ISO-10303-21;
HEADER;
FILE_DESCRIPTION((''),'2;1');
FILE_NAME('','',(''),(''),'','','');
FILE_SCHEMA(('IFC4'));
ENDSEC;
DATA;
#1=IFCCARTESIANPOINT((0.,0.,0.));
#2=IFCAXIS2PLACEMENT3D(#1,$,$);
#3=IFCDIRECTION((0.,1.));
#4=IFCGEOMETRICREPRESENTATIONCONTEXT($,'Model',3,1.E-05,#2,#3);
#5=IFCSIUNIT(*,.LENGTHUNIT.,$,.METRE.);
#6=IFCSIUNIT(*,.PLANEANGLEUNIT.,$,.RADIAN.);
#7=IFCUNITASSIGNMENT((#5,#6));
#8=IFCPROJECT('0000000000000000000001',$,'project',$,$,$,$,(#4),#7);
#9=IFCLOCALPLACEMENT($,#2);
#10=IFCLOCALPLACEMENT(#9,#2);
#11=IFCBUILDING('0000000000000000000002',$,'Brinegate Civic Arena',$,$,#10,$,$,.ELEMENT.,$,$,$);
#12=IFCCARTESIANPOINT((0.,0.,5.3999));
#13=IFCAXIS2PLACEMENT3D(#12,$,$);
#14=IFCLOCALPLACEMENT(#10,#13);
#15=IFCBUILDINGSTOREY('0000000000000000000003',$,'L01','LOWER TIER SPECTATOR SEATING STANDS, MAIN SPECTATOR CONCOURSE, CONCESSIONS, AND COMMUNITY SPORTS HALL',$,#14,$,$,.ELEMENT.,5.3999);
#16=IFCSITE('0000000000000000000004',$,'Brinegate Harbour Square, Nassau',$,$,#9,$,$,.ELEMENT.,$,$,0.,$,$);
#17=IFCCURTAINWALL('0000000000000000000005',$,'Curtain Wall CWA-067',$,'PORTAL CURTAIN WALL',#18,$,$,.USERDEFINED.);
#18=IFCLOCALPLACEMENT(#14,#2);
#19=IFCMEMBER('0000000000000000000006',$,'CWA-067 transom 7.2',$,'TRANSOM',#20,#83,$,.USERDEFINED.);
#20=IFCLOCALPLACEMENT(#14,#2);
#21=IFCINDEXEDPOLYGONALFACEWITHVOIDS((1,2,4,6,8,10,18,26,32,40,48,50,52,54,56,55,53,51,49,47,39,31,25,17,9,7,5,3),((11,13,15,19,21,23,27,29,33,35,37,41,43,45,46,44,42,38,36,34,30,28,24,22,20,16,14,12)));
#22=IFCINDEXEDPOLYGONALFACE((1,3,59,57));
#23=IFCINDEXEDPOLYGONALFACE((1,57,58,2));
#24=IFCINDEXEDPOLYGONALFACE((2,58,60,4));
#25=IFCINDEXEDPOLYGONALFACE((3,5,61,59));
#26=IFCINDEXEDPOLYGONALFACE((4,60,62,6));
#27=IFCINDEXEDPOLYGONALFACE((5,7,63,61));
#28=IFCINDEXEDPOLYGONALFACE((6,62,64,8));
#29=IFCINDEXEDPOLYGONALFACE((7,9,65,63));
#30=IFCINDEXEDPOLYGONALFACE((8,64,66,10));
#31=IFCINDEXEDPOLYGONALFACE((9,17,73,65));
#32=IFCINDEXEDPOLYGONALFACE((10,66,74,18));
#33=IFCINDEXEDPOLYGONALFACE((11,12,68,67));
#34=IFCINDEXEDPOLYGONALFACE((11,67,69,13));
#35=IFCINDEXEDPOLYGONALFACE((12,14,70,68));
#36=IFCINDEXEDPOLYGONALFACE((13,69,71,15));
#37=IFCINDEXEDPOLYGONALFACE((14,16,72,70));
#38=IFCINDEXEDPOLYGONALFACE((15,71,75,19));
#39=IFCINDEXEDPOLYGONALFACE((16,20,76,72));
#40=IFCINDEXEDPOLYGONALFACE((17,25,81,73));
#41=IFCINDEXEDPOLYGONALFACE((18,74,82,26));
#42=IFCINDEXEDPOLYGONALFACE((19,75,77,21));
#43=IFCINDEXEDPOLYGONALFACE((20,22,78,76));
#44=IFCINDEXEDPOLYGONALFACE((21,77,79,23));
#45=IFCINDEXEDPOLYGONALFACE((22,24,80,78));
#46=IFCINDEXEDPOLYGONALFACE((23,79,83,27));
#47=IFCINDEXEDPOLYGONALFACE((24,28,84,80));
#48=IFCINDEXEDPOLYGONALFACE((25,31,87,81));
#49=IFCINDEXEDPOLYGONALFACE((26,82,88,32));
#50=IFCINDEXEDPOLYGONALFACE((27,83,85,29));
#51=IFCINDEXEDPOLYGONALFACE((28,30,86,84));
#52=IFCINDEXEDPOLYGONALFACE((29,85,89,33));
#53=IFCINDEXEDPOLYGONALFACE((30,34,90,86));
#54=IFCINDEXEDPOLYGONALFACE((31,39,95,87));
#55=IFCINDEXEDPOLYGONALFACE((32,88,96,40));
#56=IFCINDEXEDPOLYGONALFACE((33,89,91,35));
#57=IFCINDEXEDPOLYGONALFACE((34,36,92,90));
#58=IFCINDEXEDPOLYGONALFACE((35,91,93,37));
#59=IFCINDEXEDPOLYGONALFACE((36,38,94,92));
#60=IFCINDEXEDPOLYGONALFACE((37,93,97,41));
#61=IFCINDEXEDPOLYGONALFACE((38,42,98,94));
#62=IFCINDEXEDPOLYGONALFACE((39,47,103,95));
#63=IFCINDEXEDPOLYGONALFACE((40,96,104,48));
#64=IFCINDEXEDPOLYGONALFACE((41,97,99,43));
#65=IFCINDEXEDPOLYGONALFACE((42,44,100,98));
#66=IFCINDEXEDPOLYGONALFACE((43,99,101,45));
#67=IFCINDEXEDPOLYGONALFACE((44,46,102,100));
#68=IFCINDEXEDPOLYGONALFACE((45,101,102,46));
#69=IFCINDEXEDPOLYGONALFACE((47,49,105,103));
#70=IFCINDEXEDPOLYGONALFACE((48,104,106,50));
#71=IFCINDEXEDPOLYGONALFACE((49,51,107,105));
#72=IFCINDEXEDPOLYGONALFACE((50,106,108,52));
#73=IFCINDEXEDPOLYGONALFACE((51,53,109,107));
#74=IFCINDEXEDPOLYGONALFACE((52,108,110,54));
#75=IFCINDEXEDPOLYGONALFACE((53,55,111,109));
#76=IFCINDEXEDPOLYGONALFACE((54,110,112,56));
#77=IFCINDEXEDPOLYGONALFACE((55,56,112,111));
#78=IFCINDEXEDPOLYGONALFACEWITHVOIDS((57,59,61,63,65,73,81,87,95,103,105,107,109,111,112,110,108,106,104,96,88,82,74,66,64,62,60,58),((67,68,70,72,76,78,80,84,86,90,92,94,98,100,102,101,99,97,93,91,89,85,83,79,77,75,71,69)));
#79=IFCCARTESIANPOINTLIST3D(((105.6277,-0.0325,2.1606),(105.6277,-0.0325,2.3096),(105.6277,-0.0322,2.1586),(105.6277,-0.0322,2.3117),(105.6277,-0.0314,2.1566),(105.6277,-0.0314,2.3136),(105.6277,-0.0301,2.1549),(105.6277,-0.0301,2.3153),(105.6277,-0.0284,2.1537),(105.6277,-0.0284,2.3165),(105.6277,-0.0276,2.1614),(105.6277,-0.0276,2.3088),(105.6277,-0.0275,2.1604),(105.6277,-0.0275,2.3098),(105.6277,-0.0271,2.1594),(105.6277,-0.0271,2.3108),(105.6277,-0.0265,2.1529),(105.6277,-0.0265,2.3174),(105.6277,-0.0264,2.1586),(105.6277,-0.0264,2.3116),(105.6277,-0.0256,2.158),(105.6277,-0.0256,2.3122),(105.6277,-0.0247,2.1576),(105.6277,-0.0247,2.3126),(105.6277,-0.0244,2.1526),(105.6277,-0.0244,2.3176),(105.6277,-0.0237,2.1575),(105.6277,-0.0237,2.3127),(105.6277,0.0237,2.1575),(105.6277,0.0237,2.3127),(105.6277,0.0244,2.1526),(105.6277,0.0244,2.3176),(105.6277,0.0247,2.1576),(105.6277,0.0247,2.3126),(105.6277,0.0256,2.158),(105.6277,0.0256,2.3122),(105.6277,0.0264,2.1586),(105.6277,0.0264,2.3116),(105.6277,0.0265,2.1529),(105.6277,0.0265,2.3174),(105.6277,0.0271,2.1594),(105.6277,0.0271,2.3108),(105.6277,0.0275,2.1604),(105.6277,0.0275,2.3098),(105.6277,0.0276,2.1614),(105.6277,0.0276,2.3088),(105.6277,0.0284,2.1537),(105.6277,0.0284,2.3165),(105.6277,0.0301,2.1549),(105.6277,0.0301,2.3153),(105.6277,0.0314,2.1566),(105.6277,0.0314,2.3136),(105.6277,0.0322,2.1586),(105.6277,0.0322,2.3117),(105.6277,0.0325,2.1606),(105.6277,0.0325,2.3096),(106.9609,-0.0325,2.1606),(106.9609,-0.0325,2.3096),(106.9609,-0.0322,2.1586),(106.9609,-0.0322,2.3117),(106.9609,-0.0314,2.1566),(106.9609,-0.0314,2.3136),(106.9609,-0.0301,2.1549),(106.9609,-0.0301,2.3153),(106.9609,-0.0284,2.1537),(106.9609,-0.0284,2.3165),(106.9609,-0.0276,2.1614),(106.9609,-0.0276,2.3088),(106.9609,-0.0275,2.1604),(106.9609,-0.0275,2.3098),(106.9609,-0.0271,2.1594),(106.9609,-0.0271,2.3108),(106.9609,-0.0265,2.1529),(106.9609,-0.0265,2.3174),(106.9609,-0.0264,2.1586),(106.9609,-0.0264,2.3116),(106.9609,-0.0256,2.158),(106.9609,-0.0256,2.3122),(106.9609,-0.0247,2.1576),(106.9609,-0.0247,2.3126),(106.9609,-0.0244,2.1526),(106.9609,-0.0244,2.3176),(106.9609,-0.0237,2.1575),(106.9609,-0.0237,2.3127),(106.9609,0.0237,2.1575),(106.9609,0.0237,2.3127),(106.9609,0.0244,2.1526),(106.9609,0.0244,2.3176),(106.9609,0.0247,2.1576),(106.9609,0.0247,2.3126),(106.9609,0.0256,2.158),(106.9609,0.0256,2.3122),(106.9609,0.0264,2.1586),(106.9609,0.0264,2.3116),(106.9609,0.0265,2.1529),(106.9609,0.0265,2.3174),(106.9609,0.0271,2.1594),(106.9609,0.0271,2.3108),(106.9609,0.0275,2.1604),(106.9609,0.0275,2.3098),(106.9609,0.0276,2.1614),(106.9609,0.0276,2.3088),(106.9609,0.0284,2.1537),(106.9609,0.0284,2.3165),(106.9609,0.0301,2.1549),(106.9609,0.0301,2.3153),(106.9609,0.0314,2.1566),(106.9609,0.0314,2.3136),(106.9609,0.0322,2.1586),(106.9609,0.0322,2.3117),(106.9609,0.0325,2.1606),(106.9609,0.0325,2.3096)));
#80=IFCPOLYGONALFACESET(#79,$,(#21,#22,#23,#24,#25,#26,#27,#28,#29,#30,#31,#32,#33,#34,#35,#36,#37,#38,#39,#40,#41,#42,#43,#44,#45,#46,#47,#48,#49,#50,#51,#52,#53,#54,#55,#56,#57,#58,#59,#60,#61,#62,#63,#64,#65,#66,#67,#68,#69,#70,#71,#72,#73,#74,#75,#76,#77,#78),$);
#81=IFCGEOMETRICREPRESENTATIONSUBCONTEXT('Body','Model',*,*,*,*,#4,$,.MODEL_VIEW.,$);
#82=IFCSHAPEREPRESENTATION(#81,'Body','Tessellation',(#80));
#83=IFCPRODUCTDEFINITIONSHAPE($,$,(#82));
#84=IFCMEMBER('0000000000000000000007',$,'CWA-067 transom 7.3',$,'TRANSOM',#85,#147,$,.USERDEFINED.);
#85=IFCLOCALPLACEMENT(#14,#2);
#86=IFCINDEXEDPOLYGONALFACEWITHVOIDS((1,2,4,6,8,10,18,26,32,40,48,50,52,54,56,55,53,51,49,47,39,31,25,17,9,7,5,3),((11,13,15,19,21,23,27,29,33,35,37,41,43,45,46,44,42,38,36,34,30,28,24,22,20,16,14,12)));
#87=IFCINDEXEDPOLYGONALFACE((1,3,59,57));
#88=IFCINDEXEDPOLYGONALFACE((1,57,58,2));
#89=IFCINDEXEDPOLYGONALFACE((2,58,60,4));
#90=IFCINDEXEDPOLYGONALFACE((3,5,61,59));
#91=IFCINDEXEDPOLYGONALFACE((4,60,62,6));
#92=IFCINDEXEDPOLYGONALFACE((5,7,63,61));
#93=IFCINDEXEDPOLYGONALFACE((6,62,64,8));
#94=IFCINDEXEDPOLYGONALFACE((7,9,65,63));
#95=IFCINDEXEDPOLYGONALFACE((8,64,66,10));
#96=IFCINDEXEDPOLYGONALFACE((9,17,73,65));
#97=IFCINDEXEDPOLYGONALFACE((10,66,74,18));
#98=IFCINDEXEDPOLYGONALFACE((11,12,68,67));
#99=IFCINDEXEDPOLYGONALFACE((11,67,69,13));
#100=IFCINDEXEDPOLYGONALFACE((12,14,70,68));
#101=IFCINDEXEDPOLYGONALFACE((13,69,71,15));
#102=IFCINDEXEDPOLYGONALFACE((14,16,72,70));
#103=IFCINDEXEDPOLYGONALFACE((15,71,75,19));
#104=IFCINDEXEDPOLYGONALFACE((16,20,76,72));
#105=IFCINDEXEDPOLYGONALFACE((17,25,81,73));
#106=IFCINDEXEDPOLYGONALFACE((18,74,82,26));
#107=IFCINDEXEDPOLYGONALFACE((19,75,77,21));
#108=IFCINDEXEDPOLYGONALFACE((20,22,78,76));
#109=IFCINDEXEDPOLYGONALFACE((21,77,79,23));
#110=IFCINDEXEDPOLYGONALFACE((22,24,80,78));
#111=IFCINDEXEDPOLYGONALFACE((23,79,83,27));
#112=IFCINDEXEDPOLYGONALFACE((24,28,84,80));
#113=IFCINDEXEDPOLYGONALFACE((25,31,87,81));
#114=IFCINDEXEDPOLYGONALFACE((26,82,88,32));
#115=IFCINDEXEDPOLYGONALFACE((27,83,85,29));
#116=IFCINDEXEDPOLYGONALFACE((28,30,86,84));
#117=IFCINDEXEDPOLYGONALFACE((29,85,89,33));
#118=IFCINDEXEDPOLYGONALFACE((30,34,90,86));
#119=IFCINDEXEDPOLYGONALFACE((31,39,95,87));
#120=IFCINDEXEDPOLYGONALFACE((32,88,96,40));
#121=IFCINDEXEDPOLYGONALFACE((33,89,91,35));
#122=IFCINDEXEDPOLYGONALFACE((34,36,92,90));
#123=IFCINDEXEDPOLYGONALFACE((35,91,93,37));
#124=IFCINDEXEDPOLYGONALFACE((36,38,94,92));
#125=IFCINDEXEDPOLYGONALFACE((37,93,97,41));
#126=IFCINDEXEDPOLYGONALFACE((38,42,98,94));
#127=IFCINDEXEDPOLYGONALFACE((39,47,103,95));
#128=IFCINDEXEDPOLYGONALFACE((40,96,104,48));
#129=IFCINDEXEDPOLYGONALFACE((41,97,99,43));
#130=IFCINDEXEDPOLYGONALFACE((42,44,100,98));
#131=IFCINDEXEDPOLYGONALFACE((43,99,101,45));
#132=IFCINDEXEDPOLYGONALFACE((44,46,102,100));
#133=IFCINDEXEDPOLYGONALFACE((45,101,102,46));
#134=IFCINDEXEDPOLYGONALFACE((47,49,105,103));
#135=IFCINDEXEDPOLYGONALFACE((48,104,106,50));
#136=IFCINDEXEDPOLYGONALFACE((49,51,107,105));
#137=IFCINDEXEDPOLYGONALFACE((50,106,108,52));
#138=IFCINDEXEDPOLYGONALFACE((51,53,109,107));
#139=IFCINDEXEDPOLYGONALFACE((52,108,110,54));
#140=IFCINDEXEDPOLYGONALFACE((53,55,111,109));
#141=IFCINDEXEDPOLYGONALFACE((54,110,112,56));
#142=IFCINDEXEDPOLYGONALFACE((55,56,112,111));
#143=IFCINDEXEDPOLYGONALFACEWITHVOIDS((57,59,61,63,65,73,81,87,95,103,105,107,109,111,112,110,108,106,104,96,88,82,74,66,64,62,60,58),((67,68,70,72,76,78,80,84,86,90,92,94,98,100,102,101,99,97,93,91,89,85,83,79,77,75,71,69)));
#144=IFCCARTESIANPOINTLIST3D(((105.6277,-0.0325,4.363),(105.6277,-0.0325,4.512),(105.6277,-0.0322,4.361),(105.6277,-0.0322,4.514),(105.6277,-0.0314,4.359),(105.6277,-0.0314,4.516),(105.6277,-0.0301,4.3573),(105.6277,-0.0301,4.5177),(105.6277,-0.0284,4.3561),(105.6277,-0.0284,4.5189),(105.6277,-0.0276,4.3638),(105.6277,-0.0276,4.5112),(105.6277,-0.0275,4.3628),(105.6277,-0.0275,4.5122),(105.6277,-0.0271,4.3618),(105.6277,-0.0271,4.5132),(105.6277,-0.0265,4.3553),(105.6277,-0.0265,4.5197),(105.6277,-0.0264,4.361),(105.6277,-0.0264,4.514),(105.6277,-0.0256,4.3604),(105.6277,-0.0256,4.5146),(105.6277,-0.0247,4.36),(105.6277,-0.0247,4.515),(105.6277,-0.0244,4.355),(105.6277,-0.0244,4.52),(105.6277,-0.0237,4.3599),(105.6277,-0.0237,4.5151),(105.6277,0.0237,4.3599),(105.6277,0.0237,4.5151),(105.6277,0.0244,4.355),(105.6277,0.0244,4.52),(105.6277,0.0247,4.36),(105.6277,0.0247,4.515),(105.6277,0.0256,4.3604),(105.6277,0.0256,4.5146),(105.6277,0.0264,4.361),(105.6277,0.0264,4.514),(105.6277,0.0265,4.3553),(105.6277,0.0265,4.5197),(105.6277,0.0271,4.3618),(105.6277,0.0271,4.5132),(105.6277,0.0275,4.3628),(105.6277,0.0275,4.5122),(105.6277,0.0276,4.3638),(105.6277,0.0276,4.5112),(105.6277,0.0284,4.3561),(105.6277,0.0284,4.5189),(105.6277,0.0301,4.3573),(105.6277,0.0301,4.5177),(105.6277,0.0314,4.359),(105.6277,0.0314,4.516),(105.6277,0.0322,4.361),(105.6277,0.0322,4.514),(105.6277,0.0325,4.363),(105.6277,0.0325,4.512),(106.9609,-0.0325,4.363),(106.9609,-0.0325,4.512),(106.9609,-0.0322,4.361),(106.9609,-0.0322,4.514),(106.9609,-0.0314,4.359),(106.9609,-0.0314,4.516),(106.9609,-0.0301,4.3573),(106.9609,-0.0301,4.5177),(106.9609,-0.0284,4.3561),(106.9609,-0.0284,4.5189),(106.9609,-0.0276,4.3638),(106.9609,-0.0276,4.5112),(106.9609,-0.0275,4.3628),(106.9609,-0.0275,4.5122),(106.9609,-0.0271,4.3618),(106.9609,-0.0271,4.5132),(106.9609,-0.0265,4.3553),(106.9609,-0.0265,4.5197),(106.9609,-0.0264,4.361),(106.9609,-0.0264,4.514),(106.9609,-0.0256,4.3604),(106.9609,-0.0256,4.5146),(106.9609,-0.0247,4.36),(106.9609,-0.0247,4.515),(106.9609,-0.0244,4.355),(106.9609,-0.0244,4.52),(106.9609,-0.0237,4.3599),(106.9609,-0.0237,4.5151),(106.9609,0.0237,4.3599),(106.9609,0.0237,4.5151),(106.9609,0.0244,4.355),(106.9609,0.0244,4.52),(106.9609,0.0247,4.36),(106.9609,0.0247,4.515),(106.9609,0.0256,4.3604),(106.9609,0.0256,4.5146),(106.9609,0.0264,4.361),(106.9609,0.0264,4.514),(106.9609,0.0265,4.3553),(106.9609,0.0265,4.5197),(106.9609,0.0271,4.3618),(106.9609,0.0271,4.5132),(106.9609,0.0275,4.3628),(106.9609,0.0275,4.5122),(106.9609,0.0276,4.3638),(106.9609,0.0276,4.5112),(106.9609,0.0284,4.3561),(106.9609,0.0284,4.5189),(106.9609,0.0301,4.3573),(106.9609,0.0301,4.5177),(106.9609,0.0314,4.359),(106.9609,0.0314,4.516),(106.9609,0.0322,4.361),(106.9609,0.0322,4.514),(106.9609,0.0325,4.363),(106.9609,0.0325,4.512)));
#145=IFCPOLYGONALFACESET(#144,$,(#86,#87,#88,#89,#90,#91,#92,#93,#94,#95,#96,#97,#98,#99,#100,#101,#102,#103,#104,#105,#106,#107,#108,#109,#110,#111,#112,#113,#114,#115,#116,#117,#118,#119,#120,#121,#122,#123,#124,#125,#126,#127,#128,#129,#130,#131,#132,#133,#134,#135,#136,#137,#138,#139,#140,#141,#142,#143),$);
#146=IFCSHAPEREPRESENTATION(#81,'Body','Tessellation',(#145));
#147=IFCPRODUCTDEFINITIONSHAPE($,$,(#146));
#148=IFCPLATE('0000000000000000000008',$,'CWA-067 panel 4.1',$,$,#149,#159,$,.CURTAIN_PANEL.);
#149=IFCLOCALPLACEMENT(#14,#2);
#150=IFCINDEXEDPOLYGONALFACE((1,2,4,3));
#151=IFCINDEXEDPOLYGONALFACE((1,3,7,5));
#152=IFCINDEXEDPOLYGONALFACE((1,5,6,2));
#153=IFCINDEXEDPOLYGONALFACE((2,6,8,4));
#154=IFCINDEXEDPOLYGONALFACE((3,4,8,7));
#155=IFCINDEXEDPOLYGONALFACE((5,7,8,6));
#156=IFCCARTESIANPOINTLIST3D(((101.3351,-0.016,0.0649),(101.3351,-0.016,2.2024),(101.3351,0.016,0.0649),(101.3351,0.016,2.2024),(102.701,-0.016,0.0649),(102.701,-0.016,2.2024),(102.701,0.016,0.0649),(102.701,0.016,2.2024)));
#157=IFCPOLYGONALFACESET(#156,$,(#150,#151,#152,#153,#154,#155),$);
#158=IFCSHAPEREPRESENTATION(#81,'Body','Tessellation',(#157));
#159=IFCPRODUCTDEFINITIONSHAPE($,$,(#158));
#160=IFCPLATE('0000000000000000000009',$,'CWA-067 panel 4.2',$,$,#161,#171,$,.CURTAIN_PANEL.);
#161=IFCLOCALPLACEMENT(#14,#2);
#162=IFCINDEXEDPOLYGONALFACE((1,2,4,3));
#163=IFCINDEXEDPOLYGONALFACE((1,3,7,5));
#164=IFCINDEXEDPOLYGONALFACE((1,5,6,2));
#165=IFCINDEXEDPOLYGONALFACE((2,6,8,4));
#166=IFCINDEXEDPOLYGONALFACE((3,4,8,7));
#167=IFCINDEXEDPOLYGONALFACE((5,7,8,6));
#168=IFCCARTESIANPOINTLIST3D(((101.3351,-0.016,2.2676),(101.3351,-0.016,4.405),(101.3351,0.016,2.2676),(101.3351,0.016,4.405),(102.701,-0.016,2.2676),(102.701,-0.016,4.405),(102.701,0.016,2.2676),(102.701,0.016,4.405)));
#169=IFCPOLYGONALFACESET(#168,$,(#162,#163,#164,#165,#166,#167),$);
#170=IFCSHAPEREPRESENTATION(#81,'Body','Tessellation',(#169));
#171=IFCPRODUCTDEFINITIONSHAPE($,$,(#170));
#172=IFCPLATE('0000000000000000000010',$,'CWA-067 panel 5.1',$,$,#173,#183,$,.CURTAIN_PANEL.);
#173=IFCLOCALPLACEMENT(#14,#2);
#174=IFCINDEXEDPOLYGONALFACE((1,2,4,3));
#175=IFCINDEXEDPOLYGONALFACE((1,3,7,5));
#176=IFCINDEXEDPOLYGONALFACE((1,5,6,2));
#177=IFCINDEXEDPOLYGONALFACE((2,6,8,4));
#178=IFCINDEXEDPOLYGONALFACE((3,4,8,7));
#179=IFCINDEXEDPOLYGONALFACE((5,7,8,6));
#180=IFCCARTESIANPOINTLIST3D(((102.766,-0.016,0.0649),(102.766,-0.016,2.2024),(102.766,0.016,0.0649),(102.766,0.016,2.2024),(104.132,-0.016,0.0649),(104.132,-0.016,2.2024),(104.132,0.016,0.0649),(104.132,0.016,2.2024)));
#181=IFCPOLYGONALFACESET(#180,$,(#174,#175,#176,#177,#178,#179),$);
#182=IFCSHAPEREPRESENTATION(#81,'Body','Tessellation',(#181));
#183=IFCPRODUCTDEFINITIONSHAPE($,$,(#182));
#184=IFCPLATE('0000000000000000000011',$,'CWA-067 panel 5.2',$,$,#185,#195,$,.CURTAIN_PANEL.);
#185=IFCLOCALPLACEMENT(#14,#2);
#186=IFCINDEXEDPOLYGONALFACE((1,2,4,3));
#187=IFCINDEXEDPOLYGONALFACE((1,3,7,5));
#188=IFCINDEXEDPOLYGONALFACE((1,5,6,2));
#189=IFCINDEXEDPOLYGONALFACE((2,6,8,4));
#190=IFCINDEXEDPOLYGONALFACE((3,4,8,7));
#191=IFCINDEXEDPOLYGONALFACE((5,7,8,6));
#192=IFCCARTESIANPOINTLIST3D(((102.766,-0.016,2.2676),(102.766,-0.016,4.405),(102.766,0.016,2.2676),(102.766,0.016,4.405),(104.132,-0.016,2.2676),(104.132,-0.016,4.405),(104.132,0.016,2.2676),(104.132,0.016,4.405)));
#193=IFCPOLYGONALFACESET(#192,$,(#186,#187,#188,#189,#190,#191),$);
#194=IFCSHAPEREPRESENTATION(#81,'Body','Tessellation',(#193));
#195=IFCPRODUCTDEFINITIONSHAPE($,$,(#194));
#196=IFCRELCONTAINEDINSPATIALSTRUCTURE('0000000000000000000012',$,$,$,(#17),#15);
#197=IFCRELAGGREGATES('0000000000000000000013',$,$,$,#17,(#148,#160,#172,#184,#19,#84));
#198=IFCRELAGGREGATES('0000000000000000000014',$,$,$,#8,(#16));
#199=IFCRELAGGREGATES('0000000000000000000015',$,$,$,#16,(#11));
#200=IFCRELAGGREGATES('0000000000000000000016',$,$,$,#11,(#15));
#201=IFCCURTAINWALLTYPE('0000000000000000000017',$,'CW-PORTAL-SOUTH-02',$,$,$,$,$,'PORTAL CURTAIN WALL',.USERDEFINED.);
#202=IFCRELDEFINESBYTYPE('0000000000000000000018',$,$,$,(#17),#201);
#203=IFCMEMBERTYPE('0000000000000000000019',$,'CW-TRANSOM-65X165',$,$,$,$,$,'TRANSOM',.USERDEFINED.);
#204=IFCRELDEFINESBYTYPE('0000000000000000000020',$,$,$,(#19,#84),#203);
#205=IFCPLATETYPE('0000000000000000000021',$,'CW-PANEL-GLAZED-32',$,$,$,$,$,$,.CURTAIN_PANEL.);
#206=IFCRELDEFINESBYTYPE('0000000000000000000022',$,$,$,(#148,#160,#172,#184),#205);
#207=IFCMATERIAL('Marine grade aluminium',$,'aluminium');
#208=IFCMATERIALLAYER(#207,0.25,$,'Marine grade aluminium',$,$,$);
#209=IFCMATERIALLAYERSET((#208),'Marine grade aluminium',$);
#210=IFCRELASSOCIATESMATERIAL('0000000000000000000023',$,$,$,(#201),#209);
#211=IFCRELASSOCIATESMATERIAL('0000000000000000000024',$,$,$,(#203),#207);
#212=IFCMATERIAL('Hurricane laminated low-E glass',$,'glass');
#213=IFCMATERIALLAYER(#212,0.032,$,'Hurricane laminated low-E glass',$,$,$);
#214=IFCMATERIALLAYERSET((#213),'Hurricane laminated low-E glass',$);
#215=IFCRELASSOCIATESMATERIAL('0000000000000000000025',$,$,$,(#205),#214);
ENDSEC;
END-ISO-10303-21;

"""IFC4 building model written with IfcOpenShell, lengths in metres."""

from ifc_helpers import new_model, si_unit, direction, frame, origin, origin_2d, place, context, subcontext, project, spatial, rectangle, hollow_rectangle, extrude, material, layer, layer_set, material_profile, profile_set, type_object, element, aggregate, save


model = new_model("IFC4")

# Units and contexts
model_context = context("Model", 3, precision=1e-05, world=origin(), true_north=direction((0.0, 1.0)))
body_context = subcontext(model_context, "Body", "Model", "MODEL_VIEW")
ifc_project = project(units=[si_unit("LENGTHUNIT", "METRE"), si_unit("PLANEANGLEUNIT", "RADIAN")], contexts=[model_context])

# Site, building, storey
site_placement = place(None, origin())
site = spatial("IfcSite", under=ifc_project, at=site_placement, Name="Brinegate Harbour Square, Nassau", CompositionType="ELEMENT", RefElevation=0.0)
building_placement = place(site_placement, origin())
building = spatial("IfcBuilding", under=site, at=building_placement, Name="Brinegate Civic Arena", CompositionType="ELEMENT")
storey_placement = place(building_placement, frame((0.0, 0.0, 5.3999)))
storey = spatial("IfcBuildingStorey", under=building, at=storey_placement, Name="L01", Description="LOWER TIER SPECTATOR SEATING STANDS, MAIN SPECTATOR CONCOURSE, CONCESSIONS, AND COMMUNITY SPORTS HALL", CompositionType="ELEMENT", Elevation=5.3999)

# Curtain wall, members, plates
ifc_material_1 = material(Name="Marine grade aluminium", Category="aluminium")
ifc_layer_1 = layer(ifc_material_1, 0.25, Name="Marine grade aluminium")
ifc_layer_set_1 = layer_set([ifc_layer_1], Name="Marine grade aluminium")
curtain_wall_type = type_object("IfcCurtainWallType", Name="CW-PORTAL-SOUTH-02", ElementType="PORTAL CURTAIN WALL", PredefinedType="USERDEFINED", material=ifc_layer_set_1)
curtain_wall_placement = place(storey_placement, origin())
curtain_wall = element("IfcCurtainWall", 1, at=curtain_wall_placement, inside=storey, type_object=curtain_wall_type, Name="Curtain Wall CWA-067", ObjectType="PORTAL CURTAIN WALL", PredefinedType="USERDEFINED")
ifc_material_profile_1 = material_profile(ifc_material_1, hollow_rectangle(XDim=0.0649, YDim=0.165, WallThickness=0.0049, InnerFilletRadius=0.0039, OuterFilletRadius=0.0081, at=origin_2d()), Name="TRN65X165")
ifc_profile_set_1 = profile_set([ifc_material_profile_1], Name="Marine grade aluminium")
member_type_1 = type_object("IfcMemberType", Name="CW-TRANSOM-65X165", ElementType="TRANSOM", PredefinedType="USERDEFINED", material=ifc_profile_set_1)
member_1_placement = place(storey_placement, frame((105.6277, 0.0, 2.2351), z_axis=(1.0, 0.0, 0.0), x_axis=(0.0, 1.0, 0.0)))
member_1 = element("IfcMember", 2, at=member_1_placement, type_object=member_type_1, Name="CWA-067 transom 7.2", ObjectType="TRANSOM", PredefinedType="USERDEFINED", context=body_context, shape_type="SweptSolid", body=[
    extrude(hollow_rectangle(XDim=0.0649, YDim=0.165, WallThickness=0.0049, InnerFilletRadius=0.0039, OuterFilletRadius=0.0081, at=origin_2d()), origin(), (0.0, 0.0, 1.0), 1.3333),
])
member_2_placement = place(storey_placement, frame((105.6277, 0.0, 4.4375), z_axis=(1.0, 0.0, 0.0), x_axis=(0.0, 1.0, 0.0)))
member_2 = element("IfcMember", 3, at=member_2_placement, type_object=member_type_1, Name="CWA-067 transom 7.3", ObjectType="TRANSOM", PredefinedType="USERDEFINED", context=body_context, shape_type="SweptSolid", body=[
    extrude(hollow_rectangle(XDim=0.0649, YDim=0.165, WallThickness=0.0049, InnerFilletRadius=0.0039, OuterFilletRadius=0.0081, at=origin_2d()), origin(), (0.0, 0.0, 1.0), 1.3333),
])
ifc_material_2 = material(Name="Hurricane laminated low-E glass", Category="glass")
ifc_layer_2 = layer(ifc_material_2, 0.032, Name="Hurricane laminated low-E glass")
ifc_layer_set_2 = layer_set([ifc_layer_2], Name="Hurricane laminated low-E glass")
plate_type = type_object("IfcPlateType", Name="CW-PANEL-GLAZED-32", PredefinedType="CURTAIN_PANEL", material=ifc_layer_set_2)
plate_1_placement = place(storey_placement, frame((102.0181, 0.0, 0.0649), z_axis=(0.0, 0.0, 1.0), x_axis=(1.0, 0.0, 0.0)))
plate_1 = element("IfcPlate", 4, at=plate_1_placement, type_object=plate_type, Name="CWA-067 panel 4.1", PredefinedType="CURTAIN_PANEL", context=body_context, shape_type="SweptSolid", body=[
    extrude(rectangle(XDim=1.366, YDim=0.032, at=origin_2d()), origin(), (0.0, 0.0, 1.0), 2.1375),
])
plate_2_placement = place(storey_placement, frame((102.0181, 0.0, 2.2676), z_axis=(0.0, 0.0, 1.0), x_axis=(1.0, 0.0, 0.0)))
plate_2 = element("IfcPlate", 5, at=plate_2_placement, type_object=plate_type, Name="CWA-067 panel 4.2", PredefinedType="CURTAIN_PANEL", context=body_context, shape_type="SweptSolid", body=[
    extrude(rectangle(XDim=1.366, YDim=0.032, at=origin_2d()), origin(), (0.0, 0.0, 1.0), 2.1375),
])
plate_3_placement = place(storey_placement, frame((103.449, 0.0, 0.0649), z_axis=(0.0, 0.0, 1.0), x_axis=(1.0, 0.0, 0.0)))
plate_3 = element("IfcPlate", 6, at=plate_3_placement, type_object=plate_type, Name="CWA-067 panel 5.1", PredefinedType="CURTAIN_PANEL", context=body_context, shape_type="SweptSolid", body=[
    extrude(rectangle(XDim=1.366, YDim=0.032, at=origin_2d()), origin(), (0.0, 0.0, 1.0), 2.1375),
])
plate_4_placement = place(storey_placement, frame((103.449, 0.0, 2.2676), z_axis=(0.0, 0.0, 1.0), x_axis=(1.0, 0.0, 0.0)))
plate_4 = element("IfcPlate", 7, at=plate_4_placement, type_object=plate_type, Name="CWA-067 panel 5.2", PredefinedType="CURTAIN_PANEL", context=body_context, shape_type="SweptSolid", body=[
    extrude(rectangle(XDim=1.366, YDim=0.032, at=origin_2d()), origin(), (0.0, 0.0, 1.0), 2.1375),
])
aggregate(curtain_wall, [plate_1, plate_2, plate_3, plate_4, member_1, member_2])

save(model, "model.ifc")
